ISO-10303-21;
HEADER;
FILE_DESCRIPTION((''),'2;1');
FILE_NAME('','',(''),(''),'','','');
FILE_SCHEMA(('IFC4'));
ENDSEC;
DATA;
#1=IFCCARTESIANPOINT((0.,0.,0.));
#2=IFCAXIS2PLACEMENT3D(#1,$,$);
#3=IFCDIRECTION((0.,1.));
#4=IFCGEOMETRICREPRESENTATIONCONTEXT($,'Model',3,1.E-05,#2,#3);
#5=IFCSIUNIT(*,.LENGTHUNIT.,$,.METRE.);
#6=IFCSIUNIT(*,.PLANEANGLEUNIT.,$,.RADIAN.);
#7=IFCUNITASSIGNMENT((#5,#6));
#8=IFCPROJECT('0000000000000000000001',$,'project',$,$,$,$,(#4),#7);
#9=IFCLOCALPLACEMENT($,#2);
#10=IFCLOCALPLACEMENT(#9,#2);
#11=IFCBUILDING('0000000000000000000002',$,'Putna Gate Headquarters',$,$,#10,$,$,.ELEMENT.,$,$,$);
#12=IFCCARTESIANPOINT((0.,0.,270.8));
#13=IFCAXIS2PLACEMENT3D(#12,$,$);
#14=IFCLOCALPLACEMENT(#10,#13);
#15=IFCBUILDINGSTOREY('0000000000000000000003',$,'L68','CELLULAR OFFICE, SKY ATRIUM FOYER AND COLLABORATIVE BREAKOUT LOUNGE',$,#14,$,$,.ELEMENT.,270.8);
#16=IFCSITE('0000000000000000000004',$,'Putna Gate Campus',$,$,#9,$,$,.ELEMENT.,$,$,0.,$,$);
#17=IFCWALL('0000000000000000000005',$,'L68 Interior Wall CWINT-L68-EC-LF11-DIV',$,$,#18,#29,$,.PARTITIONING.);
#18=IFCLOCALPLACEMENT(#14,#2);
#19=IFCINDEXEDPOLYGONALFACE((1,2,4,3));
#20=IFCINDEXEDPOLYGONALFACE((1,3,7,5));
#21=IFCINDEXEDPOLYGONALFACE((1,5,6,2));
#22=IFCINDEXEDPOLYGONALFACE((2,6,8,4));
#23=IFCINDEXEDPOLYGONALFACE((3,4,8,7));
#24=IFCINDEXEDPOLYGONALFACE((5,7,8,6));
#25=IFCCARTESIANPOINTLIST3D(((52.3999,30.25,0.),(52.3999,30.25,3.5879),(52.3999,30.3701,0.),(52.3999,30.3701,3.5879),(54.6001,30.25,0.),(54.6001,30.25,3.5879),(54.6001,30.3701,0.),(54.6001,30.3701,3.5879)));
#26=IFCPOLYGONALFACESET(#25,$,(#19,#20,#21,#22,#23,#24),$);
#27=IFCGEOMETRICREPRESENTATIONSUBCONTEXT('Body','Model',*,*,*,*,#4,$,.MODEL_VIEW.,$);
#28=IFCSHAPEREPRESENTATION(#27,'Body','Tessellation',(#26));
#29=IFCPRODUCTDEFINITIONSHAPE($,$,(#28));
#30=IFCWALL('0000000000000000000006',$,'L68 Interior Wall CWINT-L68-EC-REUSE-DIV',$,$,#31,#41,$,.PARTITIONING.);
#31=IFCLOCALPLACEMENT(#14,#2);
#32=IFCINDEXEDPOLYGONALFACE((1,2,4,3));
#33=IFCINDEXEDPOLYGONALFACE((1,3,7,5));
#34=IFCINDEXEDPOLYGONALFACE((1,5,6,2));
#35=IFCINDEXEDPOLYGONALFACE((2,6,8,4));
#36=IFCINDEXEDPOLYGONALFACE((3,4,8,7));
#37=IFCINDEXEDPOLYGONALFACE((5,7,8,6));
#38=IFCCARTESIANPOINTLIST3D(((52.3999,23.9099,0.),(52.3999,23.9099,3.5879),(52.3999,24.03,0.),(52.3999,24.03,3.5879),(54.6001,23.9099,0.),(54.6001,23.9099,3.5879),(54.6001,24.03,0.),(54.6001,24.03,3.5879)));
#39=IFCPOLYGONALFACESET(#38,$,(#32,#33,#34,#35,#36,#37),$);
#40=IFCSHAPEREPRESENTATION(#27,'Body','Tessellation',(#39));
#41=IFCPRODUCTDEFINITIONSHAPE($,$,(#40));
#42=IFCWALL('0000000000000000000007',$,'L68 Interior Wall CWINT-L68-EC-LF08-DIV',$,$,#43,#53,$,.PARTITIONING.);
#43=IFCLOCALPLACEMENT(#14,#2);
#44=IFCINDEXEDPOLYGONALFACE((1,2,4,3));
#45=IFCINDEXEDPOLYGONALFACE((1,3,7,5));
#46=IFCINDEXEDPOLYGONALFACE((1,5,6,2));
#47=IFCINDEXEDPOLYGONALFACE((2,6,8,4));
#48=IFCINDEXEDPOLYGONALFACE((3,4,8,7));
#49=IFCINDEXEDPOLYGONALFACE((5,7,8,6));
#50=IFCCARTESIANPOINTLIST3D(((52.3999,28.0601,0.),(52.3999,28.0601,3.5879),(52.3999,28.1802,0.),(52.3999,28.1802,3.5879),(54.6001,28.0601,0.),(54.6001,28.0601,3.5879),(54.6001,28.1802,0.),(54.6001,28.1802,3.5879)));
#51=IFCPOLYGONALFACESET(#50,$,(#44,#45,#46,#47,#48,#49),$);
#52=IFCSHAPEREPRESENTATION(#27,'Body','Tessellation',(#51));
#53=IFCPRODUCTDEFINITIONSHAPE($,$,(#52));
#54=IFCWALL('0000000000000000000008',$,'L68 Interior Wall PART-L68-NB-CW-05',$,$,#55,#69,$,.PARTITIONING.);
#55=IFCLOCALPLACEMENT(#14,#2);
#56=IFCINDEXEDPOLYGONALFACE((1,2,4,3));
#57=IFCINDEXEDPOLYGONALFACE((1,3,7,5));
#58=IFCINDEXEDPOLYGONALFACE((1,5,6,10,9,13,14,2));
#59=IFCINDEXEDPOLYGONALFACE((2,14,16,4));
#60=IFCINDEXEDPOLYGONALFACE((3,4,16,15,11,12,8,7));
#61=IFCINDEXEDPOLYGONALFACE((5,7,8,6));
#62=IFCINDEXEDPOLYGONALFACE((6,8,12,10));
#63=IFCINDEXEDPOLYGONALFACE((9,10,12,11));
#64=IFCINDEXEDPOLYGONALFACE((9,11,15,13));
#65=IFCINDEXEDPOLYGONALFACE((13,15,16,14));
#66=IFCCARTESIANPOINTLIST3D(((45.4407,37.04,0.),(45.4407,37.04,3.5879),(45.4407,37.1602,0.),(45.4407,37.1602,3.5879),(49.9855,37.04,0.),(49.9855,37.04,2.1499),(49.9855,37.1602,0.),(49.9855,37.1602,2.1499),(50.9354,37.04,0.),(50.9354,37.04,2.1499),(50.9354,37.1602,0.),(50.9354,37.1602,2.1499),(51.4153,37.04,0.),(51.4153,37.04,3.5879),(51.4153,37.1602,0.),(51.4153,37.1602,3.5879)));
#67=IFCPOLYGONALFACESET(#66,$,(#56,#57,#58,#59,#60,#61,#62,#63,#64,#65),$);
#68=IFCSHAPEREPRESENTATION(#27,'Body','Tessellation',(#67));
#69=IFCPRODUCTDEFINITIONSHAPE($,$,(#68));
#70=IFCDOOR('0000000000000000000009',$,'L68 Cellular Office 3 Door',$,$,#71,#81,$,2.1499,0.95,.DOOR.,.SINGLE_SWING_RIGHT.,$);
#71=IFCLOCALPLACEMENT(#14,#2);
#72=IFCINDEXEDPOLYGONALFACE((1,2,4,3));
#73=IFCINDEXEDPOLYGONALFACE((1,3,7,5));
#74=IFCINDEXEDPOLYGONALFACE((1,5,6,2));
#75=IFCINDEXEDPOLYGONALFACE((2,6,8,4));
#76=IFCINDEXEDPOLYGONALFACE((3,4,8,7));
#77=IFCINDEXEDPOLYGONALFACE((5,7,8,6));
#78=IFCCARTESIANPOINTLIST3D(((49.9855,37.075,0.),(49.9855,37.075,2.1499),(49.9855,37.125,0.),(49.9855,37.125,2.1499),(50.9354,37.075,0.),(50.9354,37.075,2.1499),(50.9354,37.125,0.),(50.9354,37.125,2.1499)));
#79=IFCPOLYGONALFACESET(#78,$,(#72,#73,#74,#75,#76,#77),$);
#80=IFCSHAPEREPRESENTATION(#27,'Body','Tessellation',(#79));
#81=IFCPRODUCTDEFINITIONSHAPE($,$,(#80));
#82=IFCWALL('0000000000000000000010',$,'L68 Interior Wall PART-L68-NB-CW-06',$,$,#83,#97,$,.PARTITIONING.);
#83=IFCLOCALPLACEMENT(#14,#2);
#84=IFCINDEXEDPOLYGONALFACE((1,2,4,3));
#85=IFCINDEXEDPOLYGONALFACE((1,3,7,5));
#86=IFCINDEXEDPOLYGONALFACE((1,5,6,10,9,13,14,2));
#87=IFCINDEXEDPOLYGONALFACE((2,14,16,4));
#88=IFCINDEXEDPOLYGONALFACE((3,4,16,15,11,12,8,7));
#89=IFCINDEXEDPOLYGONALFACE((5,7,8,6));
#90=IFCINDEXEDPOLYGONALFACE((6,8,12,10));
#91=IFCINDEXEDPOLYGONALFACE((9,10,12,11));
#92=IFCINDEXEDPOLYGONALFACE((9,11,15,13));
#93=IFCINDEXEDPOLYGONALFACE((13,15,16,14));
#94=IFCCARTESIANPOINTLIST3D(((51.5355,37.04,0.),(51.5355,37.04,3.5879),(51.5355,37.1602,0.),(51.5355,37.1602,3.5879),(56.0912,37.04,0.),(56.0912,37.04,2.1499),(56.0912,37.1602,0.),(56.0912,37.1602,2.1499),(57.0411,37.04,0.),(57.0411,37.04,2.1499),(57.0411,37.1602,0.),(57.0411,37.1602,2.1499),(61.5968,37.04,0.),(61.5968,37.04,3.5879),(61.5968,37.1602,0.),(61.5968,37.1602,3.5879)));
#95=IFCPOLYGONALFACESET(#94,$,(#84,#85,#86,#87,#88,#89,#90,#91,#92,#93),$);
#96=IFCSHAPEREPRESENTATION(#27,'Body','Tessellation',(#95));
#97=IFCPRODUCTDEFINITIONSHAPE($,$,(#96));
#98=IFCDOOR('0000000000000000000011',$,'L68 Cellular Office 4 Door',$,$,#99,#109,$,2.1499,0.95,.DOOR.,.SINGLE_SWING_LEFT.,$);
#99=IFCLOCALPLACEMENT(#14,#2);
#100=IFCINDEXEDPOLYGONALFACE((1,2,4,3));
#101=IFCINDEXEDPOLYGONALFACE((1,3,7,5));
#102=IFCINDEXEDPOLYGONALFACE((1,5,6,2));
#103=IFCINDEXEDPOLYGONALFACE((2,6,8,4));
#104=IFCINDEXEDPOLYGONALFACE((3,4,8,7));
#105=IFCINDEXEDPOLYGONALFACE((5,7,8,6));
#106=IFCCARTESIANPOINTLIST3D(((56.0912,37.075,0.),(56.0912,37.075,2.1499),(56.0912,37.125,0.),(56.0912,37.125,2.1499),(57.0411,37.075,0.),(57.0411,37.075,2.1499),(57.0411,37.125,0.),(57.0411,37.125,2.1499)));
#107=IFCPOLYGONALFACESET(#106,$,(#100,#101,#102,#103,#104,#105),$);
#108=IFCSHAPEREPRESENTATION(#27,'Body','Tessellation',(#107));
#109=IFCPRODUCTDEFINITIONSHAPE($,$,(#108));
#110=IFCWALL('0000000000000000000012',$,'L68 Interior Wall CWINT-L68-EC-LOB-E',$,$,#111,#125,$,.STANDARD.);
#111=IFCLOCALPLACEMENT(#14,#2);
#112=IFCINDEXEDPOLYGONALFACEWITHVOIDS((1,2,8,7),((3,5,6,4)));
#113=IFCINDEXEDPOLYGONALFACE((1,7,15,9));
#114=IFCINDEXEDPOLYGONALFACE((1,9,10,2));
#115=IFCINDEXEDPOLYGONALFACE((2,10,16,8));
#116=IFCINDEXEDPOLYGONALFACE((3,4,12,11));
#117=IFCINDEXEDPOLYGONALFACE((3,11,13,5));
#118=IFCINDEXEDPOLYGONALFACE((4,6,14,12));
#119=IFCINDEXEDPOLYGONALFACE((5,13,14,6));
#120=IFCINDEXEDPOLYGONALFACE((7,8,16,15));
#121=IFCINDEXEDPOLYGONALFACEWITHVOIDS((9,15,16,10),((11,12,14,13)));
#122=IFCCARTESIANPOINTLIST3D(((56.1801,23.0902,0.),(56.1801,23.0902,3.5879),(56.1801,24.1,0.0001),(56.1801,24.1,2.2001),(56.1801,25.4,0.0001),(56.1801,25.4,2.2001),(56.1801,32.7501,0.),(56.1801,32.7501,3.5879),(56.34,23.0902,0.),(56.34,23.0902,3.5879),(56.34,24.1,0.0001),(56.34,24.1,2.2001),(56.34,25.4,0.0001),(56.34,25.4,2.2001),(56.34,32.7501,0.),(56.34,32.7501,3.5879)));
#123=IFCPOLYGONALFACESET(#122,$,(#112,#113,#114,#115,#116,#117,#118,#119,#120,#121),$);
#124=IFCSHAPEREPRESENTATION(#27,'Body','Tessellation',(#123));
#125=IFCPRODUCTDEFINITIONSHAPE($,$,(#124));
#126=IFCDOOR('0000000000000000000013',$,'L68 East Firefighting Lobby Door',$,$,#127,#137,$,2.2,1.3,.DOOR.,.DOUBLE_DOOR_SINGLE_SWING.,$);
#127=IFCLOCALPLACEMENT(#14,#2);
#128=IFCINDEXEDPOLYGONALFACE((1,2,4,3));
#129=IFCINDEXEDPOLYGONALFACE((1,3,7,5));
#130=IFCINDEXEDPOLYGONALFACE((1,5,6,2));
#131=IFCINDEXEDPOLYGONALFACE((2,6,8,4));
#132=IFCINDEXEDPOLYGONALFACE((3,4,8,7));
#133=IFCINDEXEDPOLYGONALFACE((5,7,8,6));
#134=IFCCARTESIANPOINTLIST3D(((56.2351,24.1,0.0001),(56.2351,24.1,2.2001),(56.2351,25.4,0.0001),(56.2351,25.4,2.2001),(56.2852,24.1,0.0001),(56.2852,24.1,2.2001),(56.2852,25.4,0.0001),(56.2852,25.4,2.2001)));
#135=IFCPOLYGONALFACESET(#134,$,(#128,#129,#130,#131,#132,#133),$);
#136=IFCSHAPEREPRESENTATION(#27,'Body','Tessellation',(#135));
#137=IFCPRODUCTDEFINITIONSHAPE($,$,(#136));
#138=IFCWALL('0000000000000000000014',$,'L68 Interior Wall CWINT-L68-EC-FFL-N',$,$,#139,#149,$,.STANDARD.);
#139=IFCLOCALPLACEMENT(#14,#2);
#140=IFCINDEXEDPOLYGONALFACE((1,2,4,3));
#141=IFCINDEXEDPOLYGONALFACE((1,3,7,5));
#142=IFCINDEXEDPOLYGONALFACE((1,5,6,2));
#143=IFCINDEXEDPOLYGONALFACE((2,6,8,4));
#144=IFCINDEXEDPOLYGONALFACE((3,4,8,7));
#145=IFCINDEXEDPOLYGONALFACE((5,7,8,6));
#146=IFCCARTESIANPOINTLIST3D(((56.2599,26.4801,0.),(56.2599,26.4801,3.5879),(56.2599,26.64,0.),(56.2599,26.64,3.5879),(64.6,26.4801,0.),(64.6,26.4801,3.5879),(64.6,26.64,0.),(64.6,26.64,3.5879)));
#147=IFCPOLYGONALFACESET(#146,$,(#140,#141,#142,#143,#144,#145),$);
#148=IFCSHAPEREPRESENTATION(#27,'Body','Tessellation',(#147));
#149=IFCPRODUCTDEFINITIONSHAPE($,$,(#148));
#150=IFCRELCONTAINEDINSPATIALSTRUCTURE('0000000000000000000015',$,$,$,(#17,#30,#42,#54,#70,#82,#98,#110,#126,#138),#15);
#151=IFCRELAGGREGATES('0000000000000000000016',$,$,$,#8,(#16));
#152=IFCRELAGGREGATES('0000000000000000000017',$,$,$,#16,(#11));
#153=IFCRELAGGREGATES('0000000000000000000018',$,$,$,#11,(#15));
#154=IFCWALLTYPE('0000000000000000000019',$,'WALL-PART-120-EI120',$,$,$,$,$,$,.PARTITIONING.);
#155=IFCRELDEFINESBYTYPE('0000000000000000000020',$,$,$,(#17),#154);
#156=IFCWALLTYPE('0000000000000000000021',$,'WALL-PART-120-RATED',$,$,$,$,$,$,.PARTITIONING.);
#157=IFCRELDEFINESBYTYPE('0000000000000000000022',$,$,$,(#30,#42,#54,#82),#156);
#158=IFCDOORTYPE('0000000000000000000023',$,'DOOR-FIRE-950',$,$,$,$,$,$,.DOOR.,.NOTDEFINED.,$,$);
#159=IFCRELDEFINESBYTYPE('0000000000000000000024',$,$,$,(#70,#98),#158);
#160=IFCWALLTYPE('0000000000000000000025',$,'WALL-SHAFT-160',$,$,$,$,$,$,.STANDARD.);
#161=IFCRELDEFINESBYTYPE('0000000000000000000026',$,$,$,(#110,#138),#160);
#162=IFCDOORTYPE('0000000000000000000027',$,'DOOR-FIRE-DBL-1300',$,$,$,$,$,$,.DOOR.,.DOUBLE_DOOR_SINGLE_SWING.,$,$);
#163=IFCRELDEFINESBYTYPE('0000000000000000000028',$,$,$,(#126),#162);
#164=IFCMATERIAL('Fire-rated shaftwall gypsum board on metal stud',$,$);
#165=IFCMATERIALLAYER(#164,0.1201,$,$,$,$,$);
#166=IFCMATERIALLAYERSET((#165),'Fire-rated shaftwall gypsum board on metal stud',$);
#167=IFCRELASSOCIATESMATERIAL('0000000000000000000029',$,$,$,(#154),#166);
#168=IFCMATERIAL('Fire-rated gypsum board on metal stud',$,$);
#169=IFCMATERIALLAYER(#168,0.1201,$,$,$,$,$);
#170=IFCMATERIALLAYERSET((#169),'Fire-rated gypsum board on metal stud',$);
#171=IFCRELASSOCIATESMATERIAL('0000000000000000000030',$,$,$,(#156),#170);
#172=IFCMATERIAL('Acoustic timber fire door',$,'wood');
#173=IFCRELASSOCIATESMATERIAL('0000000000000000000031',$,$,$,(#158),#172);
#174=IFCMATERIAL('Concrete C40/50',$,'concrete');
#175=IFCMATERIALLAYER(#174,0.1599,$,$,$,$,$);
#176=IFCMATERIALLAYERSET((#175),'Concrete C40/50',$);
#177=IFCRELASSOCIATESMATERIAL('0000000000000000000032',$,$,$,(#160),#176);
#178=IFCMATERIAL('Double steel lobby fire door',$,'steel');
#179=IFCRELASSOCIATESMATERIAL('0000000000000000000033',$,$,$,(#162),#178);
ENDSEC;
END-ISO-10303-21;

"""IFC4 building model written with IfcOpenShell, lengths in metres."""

from ifc_helpers import new_model, si_unit, direction, frame, frame_2d, origin, place, context, subcontext, project, spatial, rectangle, extrude, material, layer, layer_set, type_object, element, fill, save


model = new_model("IFC4")

# Units and contexts
model_context = context("Model", 3, precision=1e-05, world=origin(), true_north=direction((0.0, 1.0)))
body_context = subcontext(model_context, "Body", "Model", "MODEL_VIEW")
ifc_project = project(units=[si_unit("LENGTHUNIT", "METRE"), si_unit("PLANEANGLEUNIT", "RADIAN")], contexts=[model_context])

# Site, building, storey
site_placement = place(None, origin())
site = spatial("IfcSite", under=ifc_project, at=site_placement, Name="Putna Gate Campus", CompositionType="ELEMENT", RefElevation=0.0)
building_placement = place(site_placement, origin())
building = spatial("IfcBuilding", under=site, at=building_placement, Name="Putna Gate Headquarters", CompositionType="ELEMENT")
storey_placement = place(building_placement, frame((0.0, 0.0, 270.8)))
storey = spatial("IfcBuildingStorey", under=building, at=storey_placement, Name="L68", Description="CELLULAR OFFICE, SKY ATRIUM FOYER AND COLLABORATIVE BREAKOUT LOUNGE", CompositionType="ELEMENT", Elevation=270.8)

# Walls
ifc_material_1 = material(Name="Fire-rated shaftwall gypsum board on metal stud")
ifc_layer_1 = layer(ifc_material_1, 0.1201)
ifc_layer_set_1 = layer_set([ifc_layer_1], Name="Fire-rated shaftwall gypsum board on metal stud")
wall_type_1 = type_object("IfcWallType", Name="WALL-PART-120-EI120", PredefinedType="PARTITIONING", material=ifc_layer_set_1)
wall_1_placement = place(storey_placement, frame((52.3999, 30.3101, 0.0), z_axis=(0.0, 0.0, 1.0), x_axis=(1.0, 0.0, 0.0)))
element("IfcWall", 1, at=wall_1_placement, inside=storey, type_object=wall_type_1, Name="L68 Interior Wall CWINT-L68-EC-LF11-DIV", PredefinedType="PARTITIONING", context=body_context, shape_type="SweptSolid", body=[
    extrude(rectangle(XDim=2.2002, YDim=0.1201, at=frame_2d((1.1001, 0.0))), origin(), (0.0, 0.0, 1.0), 3.5879),
])
ifc_material_2 = material(Name="Fire-rated gypsum board on metal stud")
ifc_layer_2 = layer(ifc_material_2, 0.1201)
ifc_layer_set_2 = layer_set([ifc_layer_2], Name="Fire-rated gypsum board on metal stud")
wall_type_2 = type_object("IfcWallType", Name="WALL-PART-120-RATED", PredefinedType="PARTITIONING", material=ifc_layer_set_2)
for number, where, z_axis, x_axis, name in (
    (2, (52.3999, 23.97, 0.0), (0.0, 0.0, 1.0), (1.0, 0.0, 0.0), "L68 Interior Wall CWINT-L68-EC-REUSE-DIV"),
    (3, (52.3999, 28.1201, 0.0), (0.0, 0.0, 1.0), (1.0, 0.0, 0.0), "L68 Interior Wall CWINT-L68-EC-LF08-DIV"),
):
    element("IfcWall", number, at=place(storey_placement, frame(where, z_axis=z_axis, x_axis=x_axis)), inside=storey, type_object=wall_type_2, Name=name, PredefinedType="PARTITIONING", context=body_context, shape_type="SweptSolid", body=[
        extrude(rectangle(XDim=2.2002, YDim=0.1201, at=frame_2d((1.1001, 0.0))), origin(), (0.0, 0.0, 1.0), 3.5879),
    ])

# Walls, openings, doors
wall_2_placement = place(storey_placement, frame((45.4407, 37.1001, 0.0), z_axis=(0.0, 0.0, 1.0), x_axis=(1.0, 0.0, 0.0)))
wall_2 = element("IfcWall", 4, at=wall_2_placement, inside=storey, type_object=wall_type_2, Name="L68 Interior Wall PART-L68-NB-CW-05", PredefinedType="PARTITIONING", context=body_context, shape_type="SweptSolid", body=[
    extrude(rectangle(XDim=5.9746, YDim=0.1201, at=frame_2d((2.9873, 0.0))), origin(), (0.0, 0.0, 1.0), 3.5879),
])
opening_1_placement = place(wall_2_placement, frame((4.5447, 0.0, 0.0)))
opening_1 = element("IfcOpeningElement", 5, at=opening_1_placement, cuts=wall_2, PredefinedType="OPENING", context=body_context, shape_type="SweptSolid", body=[
    extrude(rectangle(XDim=0.95, YDim=2.1499, at=frame_2d((0.4751, 1.075))), frame((0.0, 0.0701, 0.0), z_axis=(0.0, -1.0, 0.0), x_axis=(1.0, 0.0, 0.0)), (0.0, 0.0, 1.0), 0.1401),
])
ifc_material_3 = material(Name="Acoustic timber fire door", Category="wood")
door_type_1 = type_object("IfcDoorType", Name="DOOR-FIRE-950", OperationType="NOTDEFINED", PredefinedType="DOOR", material=ifc_material_3)
door_1_placement = place(opening_1_placement, origin())
door_1 = element("IfcDoor", 6, at=door_1_placement, inside=storey, type_object=door_type_1, Name="L68 Cellular Office 3 Door", OperationType="SINGLE_SWING_RIGHT", OverallHeight=2.1499, OverallWidth=0.95, PredefinedType="DOOR", context=body_context, shape_type="SweptSolid", body=[
    extrude(rectangle(XDim=0.95, YDim=2.1499, at=frame_2d((0.4751, 1.075))), frame((0.0, 0.0249, 0.0), z_axis=(0.0, -1.0, 0.0), x_axis=(1.0, 0.0, 0.0)), (0.0, 0.0, 1.0), 0.05),
])
fill(opening_1, door_1)
wall_3_placement = place(storey_placement, frame((51.5354, 37.1001, 0.0), z_axis=(0.0, 0.0, 1.0), x_axis=(1.0, 0.0, 0.0)))
wall_3 = element("IfcWall", 7, at=wall_3_placement, inside=storey, type_object=wall_type_2, Name="L68 Interior Wall PART-L68-NB-CW-06", PredefinedType="PARTITIONING", context=body_context, shape_type="SweptSolid", body=[
    extrude(rectangle(XDim=10.0613, YDim=0.1201, at=frame_2d((5.0308, 0.0))), origin(), (0.0, 0.0, 1.0), 3.5879),
])
opening_2_placement = place(wall_3_placement, frame((4.5557, 0.0, 0.0)))
opening_2 = element("IfcOpeningElement", 8, at=opening_2_placement, cuts=wall_3, PredefinedType="OPENING", context=body_context, shape_type="SweptSolid", body=[
    extrude(rectangle(XDim=0.95, YDim=2.1499, at=frame_2d((0.4751, 1.075))), frame((0.0, 0.0701, 0.0), z_axis=(0.0, -1.0, 0.0), x_axis=(1.0, 0.0, 0.0)), (0.0, 0.0, 1.0), 0.1401),
])
door_2_placement = place(opening_2_placement, origin())
door_2 = element("IfcDoor", 9, at=door_2_placement, inside=storey, type_object=door_type_1, Name="L68 Cellular Office 4 Door", OperationType="SINGLE_SWING_LEFT", OverallHeight=2.1499, OverallWidth=0.95, PredefinedType="DOOR", context=body_context, shape_type="SweptSolid", body=[
    extrude(rectangle(XDim=0.95, YDim=2.1499, at=frame_2d((0.4751, 1.075))), frame((0.0, 0.0249, 0.0), z_axis=(0.0, -1.0, 0.0), x_axis=(1.0, 0.0, 0.0)), (0.0, 0.0, 1.0), 0.05),
])
fill(opening_2, door_2)
ifc_material_4 = material(Name="Concrete C40/50", Category="concrete")
ifc_layer_3 = layer(ifc_material_4, 0.1599)
ifc_layer_set_3 = layer_set([ifc_layer_3], Name="Concrete C40/50")
wall_type_3 = type_object("IfcWallType", Name="WALL-SHAFT-160", PredefinedType="STANDARD", material=ifc_layer_set_3)
wall_4_placement = place(storey_placement, frame((56.26, 23.0901, 0.0), z_axis=(0.0, 0.0, 1.0), x_axis=(0.0, 1.0, 0.0)))
wall_4 = element("IfcWall", 10, at=wall_4_placement, inside=storey, type_object=wall_type_3, Name="L68 Interior Wall CWINT-L68-EC-LOB-E", PredefinedType="STANDARD", context=body_context, shape_type="SweptSolid", body=[
    extrude(rectangle(XDim=9.6599, YDim=0.1599, at=frame_2d((4.8301, 0.0))), origin(), (0.0, 0.0, 1.0), 3.5879),
])
opening_3_placement = place(wall_4_placement, frame((1.01, 0.0, 0.0)))
opening_3 = element("IfcOpeningElement", 11, at=opening_3_placement, cuts=wall_4, PredefinedType="OPENING", context=body_context, shape_type="SweptSolid", body=[
    extrude(rectangle(XDim=1.3, YDim=2.2, at=frame_2d((0.6499, 1.1001))), frame((0.0, 0.0898, 0.0), z_axis=(0.0, -1.0, 0.0), x_axis=(1.0, 0.0, 0.0)), (0.0, 0.0, 1.0), 0.1799),
])
ifc_material_5 = material(Name="Double steel lobby fire door", Category="steel")
door_type_2 = type_object("IfcDoorType", Name="DOOR-FIRE-DBL-1300", OperationType="DOUBLE_DOOR_SINGLE_SWING", PredefinedType="DOOR", material=ifc_material_5)
door_3_placement = place(opening_3_placement, origin())
door_3 = element("IfcDoor", 12, at=door_3_placement, inside=storey, type_object=door_type_2, Name="L68 East Firefighting Lobby Door", OperationType="DOUBLE_DOOR_SINGLE_SWING", OverallHeight=2.2, OverallWidth=1.3, PredefinedType="DOOR", context=body_context, shape_type="SweptSolid", body=[
    extrude(rectangle(XDim=1.3, YDim=2.2, at=frame_2d((0.6499, 1.1001))), frame((0.0, 0.0249, 0.0), z_axis=(0.0, -1.0, 0.0), x_axis=(1.0, 0.0, 0.0)), (0.0, 0.0, 1.0), 0.05),
])
fill(opening_3, door_3)

# Wall
wall_5_placement = place(storey_placement, frame((56.26, 26.5601, 0.0), z_axis=(0.0, 0.0, 1.0), x_axis=(1.0, 0.0, 0.0)))
element("IfcWall", 13, at=wall_5_placement, inside=storey, type_object=wall_type_3, Name="L68 Interior Wall CWINT-L68-EC-FFL-N", PredefinedType="STANDARD", context=body_context, shape_type="SweptSolid", body=[
    extrude(rectangle(XDim=8.3401, YDim=0.1599, at=frame_2d((4.1699, 0.0))), origin(), (0.0, 0.0, 1.0), 3.5879),
])

save(model, "model.ifc")
